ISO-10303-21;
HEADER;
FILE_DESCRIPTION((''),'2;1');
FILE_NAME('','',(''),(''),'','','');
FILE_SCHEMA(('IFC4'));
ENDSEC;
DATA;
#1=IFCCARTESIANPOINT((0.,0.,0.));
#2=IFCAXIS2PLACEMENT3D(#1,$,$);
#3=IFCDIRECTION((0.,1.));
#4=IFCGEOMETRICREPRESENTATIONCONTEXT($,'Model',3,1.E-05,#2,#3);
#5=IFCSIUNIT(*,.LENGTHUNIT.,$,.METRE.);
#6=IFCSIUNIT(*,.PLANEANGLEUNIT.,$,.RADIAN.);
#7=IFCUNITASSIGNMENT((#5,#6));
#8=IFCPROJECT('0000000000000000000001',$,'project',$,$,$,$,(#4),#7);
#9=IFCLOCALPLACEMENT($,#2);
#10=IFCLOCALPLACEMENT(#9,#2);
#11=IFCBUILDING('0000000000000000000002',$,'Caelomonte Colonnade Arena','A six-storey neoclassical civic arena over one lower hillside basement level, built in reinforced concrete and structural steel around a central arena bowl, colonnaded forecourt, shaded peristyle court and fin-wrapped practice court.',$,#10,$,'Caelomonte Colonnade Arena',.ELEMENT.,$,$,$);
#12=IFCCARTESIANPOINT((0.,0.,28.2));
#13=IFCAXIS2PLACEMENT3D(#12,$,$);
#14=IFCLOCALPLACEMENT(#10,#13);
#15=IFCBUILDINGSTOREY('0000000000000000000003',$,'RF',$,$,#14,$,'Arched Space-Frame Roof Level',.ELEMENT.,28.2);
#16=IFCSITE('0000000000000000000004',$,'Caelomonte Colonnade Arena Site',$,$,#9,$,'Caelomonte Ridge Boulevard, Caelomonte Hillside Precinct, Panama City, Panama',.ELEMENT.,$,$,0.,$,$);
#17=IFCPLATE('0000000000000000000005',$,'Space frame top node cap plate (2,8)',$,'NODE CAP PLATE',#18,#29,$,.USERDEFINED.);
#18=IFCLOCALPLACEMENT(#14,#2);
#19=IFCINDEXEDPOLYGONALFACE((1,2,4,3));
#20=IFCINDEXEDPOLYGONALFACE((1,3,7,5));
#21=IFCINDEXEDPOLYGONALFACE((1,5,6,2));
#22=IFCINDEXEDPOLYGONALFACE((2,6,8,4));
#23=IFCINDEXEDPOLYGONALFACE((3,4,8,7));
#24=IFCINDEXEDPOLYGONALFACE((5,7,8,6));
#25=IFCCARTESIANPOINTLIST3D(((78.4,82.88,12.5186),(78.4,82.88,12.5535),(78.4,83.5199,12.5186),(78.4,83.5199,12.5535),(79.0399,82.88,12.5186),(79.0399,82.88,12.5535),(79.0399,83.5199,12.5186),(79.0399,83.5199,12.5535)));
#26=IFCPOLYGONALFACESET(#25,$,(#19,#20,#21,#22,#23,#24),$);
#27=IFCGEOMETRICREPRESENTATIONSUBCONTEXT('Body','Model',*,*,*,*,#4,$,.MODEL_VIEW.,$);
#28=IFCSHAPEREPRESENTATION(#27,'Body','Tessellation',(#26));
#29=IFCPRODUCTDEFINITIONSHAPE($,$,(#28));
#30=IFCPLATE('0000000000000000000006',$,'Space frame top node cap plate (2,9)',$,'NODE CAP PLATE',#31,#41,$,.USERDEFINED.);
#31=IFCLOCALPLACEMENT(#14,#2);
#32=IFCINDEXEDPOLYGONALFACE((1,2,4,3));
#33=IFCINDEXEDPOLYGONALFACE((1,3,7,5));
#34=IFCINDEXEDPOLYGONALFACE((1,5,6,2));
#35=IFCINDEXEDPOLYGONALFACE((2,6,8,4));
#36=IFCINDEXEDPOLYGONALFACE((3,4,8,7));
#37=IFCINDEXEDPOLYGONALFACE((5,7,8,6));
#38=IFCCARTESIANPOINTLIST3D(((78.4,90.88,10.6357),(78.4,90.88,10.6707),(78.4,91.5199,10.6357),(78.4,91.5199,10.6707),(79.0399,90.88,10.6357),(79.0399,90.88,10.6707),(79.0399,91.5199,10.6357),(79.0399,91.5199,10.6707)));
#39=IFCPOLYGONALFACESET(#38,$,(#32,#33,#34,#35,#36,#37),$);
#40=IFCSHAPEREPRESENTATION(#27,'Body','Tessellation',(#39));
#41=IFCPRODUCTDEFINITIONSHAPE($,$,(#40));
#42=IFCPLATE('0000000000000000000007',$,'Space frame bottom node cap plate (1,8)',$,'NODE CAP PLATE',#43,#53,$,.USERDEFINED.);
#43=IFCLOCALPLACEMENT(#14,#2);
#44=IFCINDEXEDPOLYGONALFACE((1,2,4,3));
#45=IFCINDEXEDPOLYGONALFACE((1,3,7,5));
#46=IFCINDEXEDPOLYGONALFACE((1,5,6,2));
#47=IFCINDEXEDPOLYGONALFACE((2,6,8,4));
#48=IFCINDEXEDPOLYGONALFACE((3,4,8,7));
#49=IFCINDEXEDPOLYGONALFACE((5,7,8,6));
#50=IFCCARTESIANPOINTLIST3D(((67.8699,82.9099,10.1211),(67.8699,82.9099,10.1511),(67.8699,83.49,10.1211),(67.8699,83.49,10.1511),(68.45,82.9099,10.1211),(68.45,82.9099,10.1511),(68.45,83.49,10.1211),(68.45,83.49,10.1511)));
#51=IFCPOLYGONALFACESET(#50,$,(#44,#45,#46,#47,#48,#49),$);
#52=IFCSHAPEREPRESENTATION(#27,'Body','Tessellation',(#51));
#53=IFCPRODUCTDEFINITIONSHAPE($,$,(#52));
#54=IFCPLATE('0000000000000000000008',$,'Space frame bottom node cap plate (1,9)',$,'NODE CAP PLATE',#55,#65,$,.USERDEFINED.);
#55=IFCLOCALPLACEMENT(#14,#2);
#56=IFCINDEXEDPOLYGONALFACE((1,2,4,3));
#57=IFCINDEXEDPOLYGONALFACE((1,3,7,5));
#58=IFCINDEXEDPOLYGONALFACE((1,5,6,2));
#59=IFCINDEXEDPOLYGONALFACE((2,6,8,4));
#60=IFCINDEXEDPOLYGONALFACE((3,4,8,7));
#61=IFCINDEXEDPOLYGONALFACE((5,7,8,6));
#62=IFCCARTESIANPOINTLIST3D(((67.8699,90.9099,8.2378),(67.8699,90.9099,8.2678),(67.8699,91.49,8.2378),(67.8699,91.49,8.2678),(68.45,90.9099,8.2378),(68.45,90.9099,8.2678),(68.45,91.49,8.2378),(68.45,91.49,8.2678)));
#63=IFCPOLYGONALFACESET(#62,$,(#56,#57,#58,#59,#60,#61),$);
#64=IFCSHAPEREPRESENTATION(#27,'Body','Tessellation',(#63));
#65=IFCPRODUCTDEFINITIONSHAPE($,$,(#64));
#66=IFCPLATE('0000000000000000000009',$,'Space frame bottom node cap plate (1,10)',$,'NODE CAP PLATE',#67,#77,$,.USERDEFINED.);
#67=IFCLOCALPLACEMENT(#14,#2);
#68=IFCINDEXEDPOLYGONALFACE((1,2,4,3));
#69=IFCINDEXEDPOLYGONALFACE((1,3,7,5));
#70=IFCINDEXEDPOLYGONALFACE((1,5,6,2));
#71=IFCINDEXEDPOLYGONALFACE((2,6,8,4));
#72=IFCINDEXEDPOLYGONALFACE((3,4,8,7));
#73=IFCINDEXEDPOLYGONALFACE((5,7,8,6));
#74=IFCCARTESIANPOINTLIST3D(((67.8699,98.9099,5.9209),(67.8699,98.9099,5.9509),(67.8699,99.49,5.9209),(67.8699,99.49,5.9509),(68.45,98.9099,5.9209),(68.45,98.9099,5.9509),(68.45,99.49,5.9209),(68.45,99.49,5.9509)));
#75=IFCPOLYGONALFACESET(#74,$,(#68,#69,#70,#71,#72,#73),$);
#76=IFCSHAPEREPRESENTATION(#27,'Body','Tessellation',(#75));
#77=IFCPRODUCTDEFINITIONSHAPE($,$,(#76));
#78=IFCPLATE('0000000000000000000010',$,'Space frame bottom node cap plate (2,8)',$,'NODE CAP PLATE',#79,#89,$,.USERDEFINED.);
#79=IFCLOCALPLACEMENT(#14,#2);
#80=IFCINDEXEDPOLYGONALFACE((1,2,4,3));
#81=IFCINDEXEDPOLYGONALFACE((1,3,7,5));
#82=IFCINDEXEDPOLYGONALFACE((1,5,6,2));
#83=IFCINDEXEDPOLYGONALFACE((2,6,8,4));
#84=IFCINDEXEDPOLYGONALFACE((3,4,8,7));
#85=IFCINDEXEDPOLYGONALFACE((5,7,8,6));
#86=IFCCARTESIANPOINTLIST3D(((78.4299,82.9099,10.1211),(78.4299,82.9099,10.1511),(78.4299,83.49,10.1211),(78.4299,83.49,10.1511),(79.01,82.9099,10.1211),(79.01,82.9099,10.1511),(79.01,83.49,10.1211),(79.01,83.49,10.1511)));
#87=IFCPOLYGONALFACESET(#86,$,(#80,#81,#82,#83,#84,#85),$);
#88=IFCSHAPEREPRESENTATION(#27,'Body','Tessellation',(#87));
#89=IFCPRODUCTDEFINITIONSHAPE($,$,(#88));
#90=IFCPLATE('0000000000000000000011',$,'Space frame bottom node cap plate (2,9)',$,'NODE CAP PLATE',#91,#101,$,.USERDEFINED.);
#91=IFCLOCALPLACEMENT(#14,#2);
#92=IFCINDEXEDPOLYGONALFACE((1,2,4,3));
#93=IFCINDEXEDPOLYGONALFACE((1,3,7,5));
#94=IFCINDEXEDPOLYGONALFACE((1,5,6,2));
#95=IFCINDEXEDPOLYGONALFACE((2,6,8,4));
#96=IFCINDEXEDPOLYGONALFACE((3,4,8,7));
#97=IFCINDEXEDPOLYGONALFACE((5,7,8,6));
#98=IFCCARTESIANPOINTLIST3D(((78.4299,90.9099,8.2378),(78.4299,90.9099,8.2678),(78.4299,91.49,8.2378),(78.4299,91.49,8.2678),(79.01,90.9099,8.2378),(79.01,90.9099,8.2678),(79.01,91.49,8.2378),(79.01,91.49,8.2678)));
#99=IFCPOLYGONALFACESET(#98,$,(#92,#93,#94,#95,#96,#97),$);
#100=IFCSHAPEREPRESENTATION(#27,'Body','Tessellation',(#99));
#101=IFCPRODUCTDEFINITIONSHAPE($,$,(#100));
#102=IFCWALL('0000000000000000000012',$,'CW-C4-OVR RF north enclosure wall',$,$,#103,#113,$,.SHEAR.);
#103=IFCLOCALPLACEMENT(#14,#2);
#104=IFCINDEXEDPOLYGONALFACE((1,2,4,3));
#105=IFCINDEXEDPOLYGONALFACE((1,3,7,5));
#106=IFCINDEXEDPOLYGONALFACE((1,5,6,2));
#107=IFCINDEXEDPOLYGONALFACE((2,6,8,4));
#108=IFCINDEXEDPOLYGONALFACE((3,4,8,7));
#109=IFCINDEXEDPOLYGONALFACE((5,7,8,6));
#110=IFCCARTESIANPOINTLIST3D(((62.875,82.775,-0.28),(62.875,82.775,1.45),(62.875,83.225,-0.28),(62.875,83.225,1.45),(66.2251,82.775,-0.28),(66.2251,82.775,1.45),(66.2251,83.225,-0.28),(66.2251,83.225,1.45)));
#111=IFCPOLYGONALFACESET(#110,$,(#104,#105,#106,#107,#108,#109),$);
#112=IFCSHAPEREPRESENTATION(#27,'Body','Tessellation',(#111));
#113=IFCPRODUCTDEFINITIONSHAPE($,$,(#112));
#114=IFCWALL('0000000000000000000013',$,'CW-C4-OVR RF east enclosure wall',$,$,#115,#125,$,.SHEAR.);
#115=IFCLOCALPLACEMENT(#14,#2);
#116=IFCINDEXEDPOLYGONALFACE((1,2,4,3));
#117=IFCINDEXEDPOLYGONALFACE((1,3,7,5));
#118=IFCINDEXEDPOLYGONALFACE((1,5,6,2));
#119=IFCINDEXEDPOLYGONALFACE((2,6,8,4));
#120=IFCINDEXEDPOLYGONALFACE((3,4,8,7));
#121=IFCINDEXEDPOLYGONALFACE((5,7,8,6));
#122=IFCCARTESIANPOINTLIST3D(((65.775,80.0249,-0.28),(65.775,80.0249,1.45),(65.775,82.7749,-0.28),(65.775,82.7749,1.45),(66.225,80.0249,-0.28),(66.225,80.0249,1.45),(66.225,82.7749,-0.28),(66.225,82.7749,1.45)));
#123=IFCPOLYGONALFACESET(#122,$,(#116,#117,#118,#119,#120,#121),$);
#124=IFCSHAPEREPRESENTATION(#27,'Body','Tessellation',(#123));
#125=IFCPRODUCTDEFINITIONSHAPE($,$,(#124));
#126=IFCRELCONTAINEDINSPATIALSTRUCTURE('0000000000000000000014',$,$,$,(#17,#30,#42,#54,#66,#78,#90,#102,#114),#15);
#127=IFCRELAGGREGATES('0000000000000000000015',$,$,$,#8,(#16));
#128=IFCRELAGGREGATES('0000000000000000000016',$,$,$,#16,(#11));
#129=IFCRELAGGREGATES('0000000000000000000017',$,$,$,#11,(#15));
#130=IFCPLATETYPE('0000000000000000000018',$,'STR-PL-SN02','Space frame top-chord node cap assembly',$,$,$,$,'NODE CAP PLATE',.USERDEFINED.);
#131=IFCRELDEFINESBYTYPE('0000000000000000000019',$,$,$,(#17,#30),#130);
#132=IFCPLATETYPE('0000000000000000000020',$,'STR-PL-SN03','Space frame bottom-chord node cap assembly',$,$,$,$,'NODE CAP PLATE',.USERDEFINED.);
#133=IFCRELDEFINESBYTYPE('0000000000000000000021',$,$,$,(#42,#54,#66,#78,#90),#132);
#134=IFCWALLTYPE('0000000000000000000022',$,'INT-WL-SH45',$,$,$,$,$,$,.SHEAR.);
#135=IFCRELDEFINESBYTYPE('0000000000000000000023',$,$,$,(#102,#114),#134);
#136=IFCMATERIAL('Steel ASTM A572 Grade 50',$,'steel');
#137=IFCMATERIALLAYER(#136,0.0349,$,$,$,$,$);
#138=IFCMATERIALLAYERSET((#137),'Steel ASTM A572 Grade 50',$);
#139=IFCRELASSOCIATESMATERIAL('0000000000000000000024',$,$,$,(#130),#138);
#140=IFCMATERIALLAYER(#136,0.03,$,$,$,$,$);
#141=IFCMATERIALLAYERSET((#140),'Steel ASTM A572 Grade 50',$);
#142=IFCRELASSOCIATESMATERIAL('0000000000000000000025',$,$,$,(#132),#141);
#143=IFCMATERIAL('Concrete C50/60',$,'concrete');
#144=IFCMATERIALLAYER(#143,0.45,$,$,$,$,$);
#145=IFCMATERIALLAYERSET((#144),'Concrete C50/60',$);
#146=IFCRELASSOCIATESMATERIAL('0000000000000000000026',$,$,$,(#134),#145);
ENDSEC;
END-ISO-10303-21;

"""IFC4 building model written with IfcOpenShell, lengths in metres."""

from ifc_helpers import new_model, si_unit, direction, frame, frame_2d, origin, origin_2d, place, context, subcontext, project, spatial, rectangle, extrude, material, layer, layer_set, type_object, element, save


model = new_model("IFC4")

# Units and contexts
model_context = context("Model", 3, precision=1e-05, world=origin(), true_north=direction((0.0, 1.0)))
body_context = subcontext(model_context, "Body", "Model", "MODEL_VIEW")
ifc_project = project(units=[si_unit("LENGTHUNIT", "METRE"), si_unit("PLANEANGLEUNIT", "RADIAN")], contexts=[model_context])

# Site, building, storey
site_placement = place(None, origin())
site = spatial("IfcSite", under=ifc_project, at=site_placement, Name="Caelomonte Colonnade Arena Site", LongName="Caelomonte Ridge Boulevard, Caelomonte Hillside Precinct, Panama City, Panama", CompositionType="ELEMENT", RefElevation=0.0)
building_placement = place(site_placement, origin())
building = spatial("IfcBuilding", under=site, at=building_placement, Name="Caelomonte Colonnade Arena", Description="A six-storey neoclassical civic arena over one lower hillside basement level, built in reinforced concrete and structural steel around a central arena bowl, colonnaded forecourt, shaded peristyle court and fin-wrapped practice court.", LongName="Caelomonte Colonnade Arena", CompositionType="ELEMENT")
storey_placement = place(building_placement, frame((0.0, 0.0, 28.2)))
storey = spatial("IfcBuildingStorey", under=building, at=storey_placement, Name="RF", LongName="Arched Space-Frame Roof Level", CompositionType="ELEMENT", Elevation=28.2)

# Plates
ifc_material_1 = material(Name="Steel ASTM A572 Grade 50", Category="steel")
ifc_layer_1 = layer(ifc_material_1, 0.0349)
ifc_layer_set_1 = layer_set([ifc_layer_1], Name="Steel ASTM A572 Grade 50")
plate_type_1 = type_object("IfcPlateType", Name="STR-PL-SN02", Description="Space frame top-chord node cap assembly", ElementType="NODE CAP PLATE", PredefinedType="USERDEFINED", material=ifc_layer_set_1)
for number, where, z_axis, x_axis, name in (
    (1, (78.72, 83.2, 12.5186), (0.0, 0.0, 1.0), (1.0, 0.0, 0.0), "Space frame top node cap plate (2,8)"),
    (2, (78.72, 91.2, 10.6357), (0.0, 0.0, 1.0), (1.0, 0.0, 0.0), "Space frame top node cap plate (2,9)"),
):
    element("IfcPlate", number, at=place(storey_placement, frame(where, z_axis=z_axis, x_axis=x_axis)), inside=storey, type_object=plate_type_1, Name=name, ObjectType="NODE CAP PLATE", PredefinedType="USERDEFINED", context=body_context, shape_type="SweptSolid", body=[
        extrude(rectangle(XDim=0.6399, YDim=0.6399, at=origin_2d()), origin(), (0.0, 0.0, 1.0), 0.0349),
    ])
ifc_layer_2 = layer(ifc_material_1, 0.03)
ifc_layer_set_2 = layer_set([ifc_layer_2], Name="Steel ASTM A572 Grade 50")
plate_type_2 = type_object("IfcPlateType", Name="STR-PL-SN03", Description="Space frame bottom-chord node cap assembly", ElementType="NODE CAP PLATE", PredefinedType="USERDEFINED", material=ifc_layer_set_2)
for number, where, z_axis, x_axis, name in (
    (3, (68.1599, 83.2, 10.1211), (0.0, 0.0, 1.0), (1.0, 0.0, 0.0), "Space frame bottom node cap plate (1,8)"),
    (4, (68.1599, 91.2, 8.2378), (0.0, 0.0, 1.0), (1.0, 0.0, 0.0), "Space frame bottom node cap plate (1,9)"),
    (5, (68.1599, 99.2, 5.9209), (0.0, 0.0, 1.0), (1.0, 0.0, 0.0), "Space frame bottom node cap plate (1,10)"),
    (6, (78.72, 83.2, 10.1211), (0.0, 0.0, 1.0), (1.0, 0.0, 0.0), "Space frame bottom node cap plate (2,8)"),
    (7, (78.72, 91.2, 8.2378), (0.0, 0.0, 1.0), (1.0, 0.0, 0.0), "Space frame bottom node cap plate (2,9)"),
):
    element("IfcPlate", number, at=place(storey_placement, frame(where, z_axis=z_axis, x_axis=x_axis)), inside=storey, type_object=plate_type_2, Name=name, ObjectType="NODE CAP PLATE", PredefinedType="USERDEFINED", context=body_context, shape_type="SweptSolid", body=[
        extrude(rectangle(XDim=0.5801, YDim=0.5801, at=origin_2d()), origin(), (0.0, 0.0, 1.0), 0.03),
    ])

# Walls
ifc_material_2 = material(Name="Concrete C50/60", Category="concrete")
ifc_layer_3 = layer(ifc_material_2, 0.45)
ifc_layer_set_3 = layer_set([ifc_layer_3], Name="Concrete C50/60")
wall_type = type_object("IfcWallType", Name="INT-WL-SH45", PredefinedType="SHEAR", material=ifc_layer_set_3)
wall_1_placement = place(storey_placement, frame((66.2251, 83.0, -0.28), z_axis=(0.0, 0.0, 1.0), x_axis=(-1.0, 0.0, 0.0)))
element("IfcWall", 8, at=wall_1_placement, inside=storey, type_object=wall_type, Name="CW-C4-OVR RF north enclosure wall", PredefinedType="SHEAR", context=body_context, shape_type="SweptSolid", body=[
    extrude(rectangle(XDim=3.3501, YDim=0.45, at=frame_2d((1.675, 0.0))), origin(), (0.0, 0.0, 1.0), 1.73),
])
wall_2_placement = place(storey_placement, frame((66.0, 80.0249, -0.28), z_axis=(0.0, 0.0, 1.0), x_axis=(0.0, 1.0, 0.0)))
element("IfcWall", 9, at=wall_2_placement, inside=storey, type_object=wall_type, Name="CW-C4-OVR RF east enclosure wall", PredefinedType="SHEAR", context=body_context, shape_type="SweptSolid", body=[
    extrude(rectangle(XDim=2.75, YDim=0.45, at=frame_2d((1.375, 0.0))), origin(), (0.0, 0.0, 1.0), 1.73),
])

save(model, "model.ifc")
